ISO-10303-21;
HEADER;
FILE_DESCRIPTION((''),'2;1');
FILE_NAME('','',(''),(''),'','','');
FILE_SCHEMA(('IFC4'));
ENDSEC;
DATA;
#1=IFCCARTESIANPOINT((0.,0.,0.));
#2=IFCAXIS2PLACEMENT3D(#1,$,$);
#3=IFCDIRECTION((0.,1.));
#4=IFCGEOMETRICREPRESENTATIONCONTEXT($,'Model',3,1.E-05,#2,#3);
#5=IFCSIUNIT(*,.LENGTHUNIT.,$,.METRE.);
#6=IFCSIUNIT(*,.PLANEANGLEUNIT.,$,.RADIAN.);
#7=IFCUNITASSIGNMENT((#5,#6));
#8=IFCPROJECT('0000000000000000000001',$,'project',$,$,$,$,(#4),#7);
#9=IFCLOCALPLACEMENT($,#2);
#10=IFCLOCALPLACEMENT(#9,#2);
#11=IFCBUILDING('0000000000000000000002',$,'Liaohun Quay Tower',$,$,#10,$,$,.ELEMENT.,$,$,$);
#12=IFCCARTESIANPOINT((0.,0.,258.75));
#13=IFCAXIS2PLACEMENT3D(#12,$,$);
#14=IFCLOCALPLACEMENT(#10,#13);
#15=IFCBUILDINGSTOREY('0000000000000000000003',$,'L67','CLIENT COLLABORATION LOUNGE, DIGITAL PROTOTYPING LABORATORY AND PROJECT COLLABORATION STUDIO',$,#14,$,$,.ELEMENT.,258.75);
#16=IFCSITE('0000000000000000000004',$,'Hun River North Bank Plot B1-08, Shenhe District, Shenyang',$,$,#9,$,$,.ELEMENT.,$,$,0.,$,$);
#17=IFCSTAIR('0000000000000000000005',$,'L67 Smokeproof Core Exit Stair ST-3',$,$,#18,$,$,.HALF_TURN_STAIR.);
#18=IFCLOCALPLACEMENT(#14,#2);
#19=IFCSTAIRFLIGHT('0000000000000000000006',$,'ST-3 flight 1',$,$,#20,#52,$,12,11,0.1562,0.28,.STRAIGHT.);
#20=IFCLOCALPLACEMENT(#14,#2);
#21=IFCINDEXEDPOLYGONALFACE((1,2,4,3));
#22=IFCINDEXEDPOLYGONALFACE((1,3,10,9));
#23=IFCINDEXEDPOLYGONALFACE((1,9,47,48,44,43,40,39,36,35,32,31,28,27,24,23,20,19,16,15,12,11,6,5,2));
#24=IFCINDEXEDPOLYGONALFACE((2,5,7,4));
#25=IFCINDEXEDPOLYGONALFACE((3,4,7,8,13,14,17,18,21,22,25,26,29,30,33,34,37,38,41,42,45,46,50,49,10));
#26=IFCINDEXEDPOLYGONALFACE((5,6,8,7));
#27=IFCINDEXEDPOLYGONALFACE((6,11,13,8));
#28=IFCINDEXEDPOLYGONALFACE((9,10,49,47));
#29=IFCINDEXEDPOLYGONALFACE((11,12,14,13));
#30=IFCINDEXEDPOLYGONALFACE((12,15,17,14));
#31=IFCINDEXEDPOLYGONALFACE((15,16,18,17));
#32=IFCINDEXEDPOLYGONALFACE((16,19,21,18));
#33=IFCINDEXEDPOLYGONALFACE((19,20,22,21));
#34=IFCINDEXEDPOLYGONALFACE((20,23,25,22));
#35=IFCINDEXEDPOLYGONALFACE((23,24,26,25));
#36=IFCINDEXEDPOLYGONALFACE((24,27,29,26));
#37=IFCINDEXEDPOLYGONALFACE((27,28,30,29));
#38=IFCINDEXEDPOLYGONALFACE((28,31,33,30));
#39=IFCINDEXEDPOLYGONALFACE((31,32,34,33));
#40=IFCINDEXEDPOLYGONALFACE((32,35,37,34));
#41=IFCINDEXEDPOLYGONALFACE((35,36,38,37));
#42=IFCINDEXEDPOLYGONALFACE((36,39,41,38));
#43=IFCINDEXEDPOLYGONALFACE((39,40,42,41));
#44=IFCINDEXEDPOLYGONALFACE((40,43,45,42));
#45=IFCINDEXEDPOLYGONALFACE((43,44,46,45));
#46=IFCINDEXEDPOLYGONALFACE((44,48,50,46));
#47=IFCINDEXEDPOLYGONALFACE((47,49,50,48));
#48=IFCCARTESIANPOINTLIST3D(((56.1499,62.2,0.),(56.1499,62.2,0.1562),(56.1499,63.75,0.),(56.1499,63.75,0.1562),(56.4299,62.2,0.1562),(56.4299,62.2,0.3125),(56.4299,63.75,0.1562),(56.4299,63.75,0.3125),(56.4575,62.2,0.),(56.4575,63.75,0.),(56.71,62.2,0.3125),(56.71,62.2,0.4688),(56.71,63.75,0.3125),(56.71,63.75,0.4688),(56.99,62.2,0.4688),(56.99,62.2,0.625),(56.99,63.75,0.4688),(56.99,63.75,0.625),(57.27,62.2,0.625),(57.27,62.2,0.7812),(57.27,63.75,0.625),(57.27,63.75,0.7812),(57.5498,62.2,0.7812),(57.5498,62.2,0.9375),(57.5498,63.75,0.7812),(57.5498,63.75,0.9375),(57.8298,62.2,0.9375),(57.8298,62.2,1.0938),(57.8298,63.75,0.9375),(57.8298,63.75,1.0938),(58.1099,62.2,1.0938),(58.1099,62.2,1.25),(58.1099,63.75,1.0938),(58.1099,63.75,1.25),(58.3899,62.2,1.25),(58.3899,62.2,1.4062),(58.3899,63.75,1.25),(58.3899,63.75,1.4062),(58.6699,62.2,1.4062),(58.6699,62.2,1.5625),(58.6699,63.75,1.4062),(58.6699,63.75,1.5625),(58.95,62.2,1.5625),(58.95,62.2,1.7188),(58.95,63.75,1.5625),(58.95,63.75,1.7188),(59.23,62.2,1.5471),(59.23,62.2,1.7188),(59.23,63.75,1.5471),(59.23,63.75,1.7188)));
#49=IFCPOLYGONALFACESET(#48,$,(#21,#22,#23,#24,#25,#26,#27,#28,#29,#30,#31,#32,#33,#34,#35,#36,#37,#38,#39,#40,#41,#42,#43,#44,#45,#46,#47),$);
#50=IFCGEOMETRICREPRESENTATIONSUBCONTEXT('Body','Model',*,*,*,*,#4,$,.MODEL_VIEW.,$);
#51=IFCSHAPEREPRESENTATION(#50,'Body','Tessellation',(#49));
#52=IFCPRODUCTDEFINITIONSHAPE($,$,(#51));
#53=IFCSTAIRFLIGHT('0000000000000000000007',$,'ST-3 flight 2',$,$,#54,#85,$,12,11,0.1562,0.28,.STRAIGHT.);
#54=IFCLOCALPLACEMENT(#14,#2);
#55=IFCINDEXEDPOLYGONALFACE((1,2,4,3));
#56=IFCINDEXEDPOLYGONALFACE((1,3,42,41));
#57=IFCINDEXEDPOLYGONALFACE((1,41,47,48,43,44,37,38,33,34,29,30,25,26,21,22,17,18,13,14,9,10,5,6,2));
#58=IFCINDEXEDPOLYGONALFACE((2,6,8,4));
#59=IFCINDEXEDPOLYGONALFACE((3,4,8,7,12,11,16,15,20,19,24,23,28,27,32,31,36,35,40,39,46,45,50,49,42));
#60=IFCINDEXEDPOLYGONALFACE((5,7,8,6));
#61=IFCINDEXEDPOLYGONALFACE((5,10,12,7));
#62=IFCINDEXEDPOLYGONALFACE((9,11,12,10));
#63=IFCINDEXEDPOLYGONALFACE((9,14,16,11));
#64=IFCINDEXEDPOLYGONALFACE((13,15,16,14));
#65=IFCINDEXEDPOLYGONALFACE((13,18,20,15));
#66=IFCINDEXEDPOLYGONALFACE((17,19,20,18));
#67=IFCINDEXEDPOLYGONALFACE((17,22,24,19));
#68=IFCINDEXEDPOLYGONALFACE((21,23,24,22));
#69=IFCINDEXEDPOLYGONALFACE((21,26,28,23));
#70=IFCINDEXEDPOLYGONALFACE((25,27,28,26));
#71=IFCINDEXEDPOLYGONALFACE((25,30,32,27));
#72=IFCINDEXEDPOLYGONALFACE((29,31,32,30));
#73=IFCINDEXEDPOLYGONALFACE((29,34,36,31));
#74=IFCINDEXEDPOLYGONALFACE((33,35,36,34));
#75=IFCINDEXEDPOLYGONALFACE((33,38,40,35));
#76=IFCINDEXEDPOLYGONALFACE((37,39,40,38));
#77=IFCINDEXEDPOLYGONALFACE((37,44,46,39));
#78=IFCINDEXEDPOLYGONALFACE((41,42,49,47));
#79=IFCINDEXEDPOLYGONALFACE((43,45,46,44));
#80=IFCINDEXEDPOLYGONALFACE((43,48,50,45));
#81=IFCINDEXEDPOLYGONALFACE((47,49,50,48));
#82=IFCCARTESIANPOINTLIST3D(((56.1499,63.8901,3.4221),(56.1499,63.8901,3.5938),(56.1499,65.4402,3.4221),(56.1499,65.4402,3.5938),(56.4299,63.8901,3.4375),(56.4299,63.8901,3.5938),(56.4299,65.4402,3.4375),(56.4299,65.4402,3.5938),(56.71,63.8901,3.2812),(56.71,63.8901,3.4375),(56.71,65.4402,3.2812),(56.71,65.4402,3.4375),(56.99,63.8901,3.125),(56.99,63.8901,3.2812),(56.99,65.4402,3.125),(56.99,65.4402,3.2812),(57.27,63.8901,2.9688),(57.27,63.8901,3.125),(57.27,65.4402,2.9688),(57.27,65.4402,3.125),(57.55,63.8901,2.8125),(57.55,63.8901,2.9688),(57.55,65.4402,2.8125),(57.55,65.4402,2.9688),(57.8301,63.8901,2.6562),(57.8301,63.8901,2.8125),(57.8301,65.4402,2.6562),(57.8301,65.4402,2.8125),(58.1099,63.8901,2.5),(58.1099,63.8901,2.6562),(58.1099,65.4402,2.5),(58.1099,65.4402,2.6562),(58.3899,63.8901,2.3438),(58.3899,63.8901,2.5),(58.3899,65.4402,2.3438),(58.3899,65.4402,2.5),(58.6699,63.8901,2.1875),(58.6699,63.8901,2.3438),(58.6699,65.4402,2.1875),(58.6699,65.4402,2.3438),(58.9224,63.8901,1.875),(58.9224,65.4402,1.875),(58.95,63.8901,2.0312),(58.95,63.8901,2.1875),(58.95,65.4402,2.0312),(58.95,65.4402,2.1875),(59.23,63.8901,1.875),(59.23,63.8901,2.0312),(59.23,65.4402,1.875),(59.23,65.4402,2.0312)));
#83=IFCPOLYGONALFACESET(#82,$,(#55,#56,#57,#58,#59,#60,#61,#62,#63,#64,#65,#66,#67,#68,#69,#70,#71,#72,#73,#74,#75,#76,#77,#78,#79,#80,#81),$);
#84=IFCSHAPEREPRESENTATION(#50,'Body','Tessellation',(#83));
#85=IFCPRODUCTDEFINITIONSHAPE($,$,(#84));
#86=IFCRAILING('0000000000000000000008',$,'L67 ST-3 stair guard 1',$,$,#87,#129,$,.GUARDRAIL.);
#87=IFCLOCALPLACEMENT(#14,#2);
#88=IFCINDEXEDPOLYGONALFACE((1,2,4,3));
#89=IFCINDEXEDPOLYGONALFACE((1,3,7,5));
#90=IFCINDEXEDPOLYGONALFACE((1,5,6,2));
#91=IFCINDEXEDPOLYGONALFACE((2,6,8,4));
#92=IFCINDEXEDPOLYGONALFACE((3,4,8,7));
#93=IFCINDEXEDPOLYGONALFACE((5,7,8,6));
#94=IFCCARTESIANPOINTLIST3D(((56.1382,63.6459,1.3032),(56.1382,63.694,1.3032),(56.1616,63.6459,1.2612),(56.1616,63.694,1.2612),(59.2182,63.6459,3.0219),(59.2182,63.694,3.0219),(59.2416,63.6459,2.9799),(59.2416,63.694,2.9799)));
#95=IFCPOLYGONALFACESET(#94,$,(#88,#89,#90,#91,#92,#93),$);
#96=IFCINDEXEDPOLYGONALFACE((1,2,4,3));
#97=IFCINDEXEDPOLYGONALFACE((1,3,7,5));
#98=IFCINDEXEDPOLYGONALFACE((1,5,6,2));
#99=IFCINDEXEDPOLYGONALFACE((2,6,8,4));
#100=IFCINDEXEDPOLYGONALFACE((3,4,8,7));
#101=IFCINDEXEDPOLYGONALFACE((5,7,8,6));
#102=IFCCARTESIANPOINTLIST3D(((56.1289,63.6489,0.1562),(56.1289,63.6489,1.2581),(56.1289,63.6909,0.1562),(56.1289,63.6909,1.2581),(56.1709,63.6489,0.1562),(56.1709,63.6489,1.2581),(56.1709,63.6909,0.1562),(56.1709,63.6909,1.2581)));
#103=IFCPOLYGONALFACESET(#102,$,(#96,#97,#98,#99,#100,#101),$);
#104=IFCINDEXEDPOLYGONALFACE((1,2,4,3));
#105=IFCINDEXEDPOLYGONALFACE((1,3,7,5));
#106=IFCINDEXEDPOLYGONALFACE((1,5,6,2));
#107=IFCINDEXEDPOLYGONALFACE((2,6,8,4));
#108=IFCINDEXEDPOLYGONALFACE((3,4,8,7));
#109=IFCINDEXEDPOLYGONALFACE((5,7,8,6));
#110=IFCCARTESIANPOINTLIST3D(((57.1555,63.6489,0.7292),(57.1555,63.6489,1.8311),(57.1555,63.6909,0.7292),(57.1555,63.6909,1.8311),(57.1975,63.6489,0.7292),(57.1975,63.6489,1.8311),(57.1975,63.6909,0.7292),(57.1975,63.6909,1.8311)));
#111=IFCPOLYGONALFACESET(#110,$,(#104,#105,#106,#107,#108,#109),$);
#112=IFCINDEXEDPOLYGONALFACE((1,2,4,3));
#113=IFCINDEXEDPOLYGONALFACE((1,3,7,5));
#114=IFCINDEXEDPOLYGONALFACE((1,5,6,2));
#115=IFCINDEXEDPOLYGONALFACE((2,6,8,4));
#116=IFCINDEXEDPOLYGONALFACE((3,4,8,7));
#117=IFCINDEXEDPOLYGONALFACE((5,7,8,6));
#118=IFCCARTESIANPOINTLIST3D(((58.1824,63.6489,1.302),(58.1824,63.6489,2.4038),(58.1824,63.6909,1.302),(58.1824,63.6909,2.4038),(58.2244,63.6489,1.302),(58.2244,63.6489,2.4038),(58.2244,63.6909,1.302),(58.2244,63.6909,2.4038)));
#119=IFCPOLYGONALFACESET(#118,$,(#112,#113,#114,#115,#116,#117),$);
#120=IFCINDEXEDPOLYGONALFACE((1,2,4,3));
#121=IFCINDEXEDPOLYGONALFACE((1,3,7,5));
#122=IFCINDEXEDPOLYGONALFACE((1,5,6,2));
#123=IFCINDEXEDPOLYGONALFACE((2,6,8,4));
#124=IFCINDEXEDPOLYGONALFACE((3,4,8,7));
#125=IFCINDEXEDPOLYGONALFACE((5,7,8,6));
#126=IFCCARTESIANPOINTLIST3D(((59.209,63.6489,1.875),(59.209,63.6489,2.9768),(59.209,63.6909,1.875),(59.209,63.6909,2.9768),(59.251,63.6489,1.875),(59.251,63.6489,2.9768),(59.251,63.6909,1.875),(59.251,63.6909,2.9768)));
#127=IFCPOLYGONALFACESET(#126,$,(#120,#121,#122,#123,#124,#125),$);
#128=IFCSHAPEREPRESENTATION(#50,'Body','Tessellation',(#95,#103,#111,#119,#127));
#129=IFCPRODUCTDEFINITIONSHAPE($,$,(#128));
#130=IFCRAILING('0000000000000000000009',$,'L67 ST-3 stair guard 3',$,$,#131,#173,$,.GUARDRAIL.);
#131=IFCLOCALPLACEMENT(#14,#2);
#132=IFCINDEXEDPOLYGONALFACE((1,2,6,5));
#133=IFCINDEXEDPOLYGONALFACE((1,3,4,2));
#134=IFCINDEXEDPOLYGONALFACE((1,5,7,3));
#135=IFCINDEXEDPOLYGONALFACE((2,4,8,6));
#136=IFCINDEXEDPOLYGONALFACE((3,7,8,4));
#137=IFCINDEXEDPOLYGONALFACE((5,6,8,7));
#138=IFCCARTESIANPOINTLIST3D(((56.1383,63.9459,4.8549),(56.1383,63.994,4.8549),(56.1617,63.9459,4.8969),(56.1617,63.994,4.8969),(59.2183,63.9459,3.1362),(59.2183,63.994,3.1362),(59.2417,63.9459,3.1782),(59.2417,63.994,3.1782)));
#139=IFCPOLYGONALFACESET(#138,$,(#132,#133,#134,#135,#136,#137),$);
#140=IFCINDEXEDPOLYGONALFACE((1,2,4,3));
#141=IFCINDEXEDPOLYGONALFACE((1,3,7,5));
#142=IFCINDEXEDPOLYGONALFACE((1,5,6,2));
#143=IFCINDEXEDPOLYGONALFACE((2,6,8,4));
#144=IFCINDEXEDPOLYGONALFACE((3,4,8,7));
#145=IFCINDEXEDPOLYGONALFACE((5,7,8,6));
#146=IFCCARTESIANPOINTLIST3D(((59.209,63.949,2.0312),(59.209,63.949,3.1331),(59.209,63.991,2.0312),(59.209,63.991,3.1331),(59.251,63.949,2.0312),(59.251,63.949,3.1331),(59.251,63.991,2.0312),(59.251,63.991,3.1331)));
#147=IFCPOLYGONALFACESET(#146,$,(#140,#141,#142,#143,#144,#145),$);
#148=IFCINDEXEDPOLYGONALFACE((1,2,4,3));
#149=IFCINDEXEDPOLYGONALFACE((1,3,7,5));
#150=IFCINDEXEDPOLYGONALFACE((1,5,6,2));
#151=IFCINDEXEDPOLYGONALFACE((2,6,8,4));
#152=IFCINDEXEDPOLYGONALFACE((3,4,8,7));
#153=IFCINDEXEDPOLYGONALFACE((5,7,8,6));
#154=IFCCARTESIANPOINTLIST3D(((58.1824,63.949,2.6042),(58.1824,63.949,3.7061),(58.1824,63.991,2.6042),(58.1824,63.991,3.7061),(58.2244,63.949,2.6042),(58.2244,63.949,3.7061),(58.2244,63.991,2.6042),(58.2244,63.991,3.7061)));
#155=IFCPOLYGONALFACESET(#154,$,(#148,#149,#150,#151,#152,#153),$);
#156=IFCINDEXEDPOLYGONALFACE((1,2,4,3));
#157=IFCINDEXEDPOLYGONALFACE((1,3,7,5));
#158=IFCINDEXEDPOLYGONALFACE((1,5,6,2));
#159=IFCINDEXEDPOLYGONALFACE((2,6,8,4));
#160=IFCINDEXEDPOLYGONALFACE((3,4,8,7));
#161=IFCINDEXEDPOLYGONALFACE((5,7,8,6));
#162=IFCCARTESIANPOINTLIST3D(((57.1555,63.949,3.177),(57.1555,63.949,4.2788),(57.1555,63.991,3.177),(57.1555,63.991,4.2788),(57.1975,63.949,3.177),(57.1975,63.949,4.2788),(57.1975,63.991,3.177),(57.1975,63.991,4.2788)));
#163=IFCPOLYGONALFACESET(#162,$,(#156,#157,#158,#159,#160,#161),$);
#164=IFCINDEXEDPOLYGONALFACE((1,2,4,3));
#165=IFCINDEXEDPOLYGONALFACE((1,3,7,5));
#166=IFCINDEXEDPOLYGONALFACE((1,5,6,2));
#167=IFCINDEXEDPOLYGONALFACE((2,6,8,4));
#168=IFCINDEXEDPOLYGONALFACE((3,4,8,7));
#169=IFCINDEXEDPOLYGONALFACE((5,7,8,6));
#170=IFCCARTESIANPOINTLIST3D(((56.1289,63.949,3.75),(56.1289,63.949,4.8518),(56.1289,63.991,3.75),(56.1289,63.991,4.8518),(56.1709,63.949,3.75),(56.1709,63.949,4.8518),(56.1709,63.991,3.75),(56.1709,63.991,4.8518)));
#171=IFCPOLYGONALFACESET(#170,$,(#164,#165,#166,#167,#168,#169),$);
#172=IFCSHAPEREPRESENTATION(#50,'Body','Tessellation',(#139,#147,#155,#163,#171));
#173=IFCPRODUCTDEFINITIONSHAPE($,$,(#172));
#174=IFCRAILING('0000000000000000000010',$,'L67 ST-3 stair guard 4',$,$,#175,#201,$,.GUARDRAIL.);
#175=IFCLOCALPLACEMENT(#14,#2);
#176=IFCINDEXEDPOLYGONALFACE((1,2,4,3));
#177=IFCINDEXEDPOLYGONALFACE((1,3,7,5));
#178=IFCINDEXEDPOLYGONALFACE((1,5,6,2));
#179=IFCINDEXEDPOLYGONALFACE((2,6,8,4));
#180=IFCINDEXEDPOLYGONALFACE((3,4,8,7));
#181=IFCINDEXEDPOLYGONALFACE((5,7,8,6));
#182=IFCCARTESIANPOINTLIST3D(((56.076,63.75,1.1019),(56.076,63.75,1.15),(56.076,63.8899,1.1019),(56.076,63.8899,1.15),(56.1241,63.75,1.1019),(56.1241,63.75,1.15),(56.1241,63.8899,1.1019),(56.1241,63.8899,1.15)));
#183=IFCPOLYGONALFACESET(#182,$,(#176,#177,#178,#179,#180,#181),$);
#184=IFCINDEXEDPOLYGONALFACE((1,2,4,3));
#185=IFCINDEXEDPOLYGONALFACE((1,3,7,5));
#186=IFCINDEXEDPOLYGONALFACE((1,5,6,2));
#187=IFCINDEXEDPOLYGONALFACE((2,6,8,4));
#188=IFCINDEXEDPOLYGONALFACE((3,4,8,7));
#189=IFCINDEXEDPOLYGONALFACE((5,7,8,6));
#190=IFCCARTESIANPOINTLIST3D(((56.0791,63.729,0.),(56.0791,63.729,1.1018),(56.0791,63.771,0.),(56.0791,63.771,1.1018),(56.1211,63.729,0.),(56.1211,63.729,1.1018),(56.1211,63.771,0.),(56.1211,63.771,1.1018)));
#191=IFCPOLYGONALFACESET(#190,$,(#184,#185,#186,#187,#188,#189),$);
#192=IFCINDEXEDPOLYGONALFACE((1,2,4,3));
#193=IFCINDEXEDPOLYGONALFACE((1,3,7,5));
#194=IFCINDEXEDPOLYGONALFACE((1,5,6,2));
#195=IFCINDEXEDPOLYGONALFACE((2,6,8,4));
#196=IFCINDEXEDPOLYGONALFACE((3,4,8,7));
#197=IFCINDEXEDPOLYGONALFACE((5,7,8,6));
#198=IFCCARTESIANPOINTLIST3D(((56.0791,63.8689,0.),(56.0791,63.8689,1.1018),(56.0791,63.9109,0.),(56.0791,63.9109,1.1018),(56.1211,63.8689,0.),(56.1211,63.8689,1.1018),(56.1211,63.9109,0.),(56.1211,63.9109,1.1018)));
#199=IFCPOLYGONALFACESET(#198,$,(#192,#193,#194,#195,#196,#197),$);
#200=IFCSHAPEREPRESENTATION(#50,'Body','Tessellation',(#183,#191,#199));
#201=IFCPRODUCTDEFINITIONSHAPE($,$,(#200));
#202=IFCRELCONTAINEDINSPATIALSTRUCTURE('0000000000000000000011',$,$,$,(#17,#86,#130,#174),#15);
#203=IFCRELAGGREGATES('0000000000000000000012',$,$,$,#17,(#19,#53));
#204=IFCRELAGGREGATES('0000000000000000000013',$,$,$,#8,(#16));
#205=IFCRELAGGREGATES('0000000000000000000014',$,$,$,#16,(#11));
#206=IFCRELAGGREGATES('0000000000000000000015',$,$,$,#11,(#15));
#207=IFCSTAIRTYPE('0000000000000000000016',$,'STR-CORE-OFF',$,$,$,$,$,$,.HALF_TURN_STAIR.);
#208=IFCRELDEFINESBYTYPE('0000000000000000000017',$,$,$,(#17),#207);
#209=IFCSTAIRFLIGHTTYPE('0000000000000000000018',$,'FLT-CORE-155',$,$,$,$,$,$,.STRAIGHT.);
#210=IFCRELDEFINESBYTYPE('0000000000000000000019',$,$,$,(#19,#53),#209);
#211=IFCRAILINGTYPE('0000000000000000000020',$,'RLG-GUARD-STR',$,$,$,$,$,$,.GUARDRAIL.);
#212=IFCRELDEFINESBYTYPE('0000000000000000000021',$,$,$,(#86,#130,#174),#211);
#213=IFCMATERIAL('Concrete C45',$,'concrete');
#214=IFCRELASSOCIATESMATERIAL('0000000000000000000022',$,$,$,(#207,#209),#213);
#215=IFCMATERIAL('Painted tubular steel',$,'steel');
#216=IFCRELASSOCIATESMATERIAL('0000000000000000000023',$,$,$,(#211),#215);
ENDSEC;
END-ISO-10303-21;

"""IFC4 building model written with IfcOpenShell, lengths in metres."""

from ifc_helpers import new_model, si_unit, direction, frame, origin, origin_2d, place, context, subcontext, project, spatial, polyline, rectangle, outline, extrude, material, type_object, element, aggregate, save


model = new_model("IFC4")

# Units and contexts
model_context = context("Model", 3, precision=1e-05, world=origin(), true_north=direction((0.0, 1.0)))
body_context = subcontext(model_context, "Body", "Model", "MODEL_VIEW")
ifc_project = project(units=[si_unit("LENGTHUNIT", "METRE"), si_unit("PLANEANGLEUNIT", "RADIAN")], contexts=[model_context])

# Site, building, storey
site_placement = place(None, origin())
site = spatial("IfcSite", under=ifc_project, at=site_placement, Name="Hun River North Bank Plot B1-08, Shenhe District, Shenyang", CompositionType="ELEMENT", RefElevation=0.0)
building_placement = place(site_placement, origin())
building = spatial("IfcBuilding", under=site, at=building_placement, Name="Liaohun Quay Tower", CompositionType="ELEMENT")
storey_placement = place(building_placement, frame((0.0, 0.0, 258.75)))
storey = spatial("IfcBuildingStorey", under=building, at=storey_placement, Name="L67", Description="CLIENT COLLABORATION LOUNGE, DIGITAL PROTOTYPING LABORATORY AND PROJECT COLLABORATION STUDIO", CompositionType="ELEMENT", Elevation=258.75)

# Stair, stair flights
ifc_material_1 = material(Name="Concrete C45", Category="concrete")
stair_type = type_object("IfcStairType", Name="STR-CORE-OFF", PredefinedType="HALF_TURN_STAIR", material=ifc_material_1)
stair_placement = place(storey_placement, origin())
stair = element("IfcStair", 1, at=stair_placement, inside=storey, type_object=stair_type, Name="L67 Smokeproof Core Exit Stair ST-3", PredefinedType="HALF_TURN_STAIR")
stair_flight_type = type_object("IfcStairFlightType", Name="FLT-CORE-155", PredefinedType="STRAIGHT", material=ifc_material_1)
stair_flight_1_placement = place(storey_placement, frame((56.1499, 62.9751, 0.0), z_axis=(0.0, 0.0, 1.0), x_axis=(1.0, 0.0, 0.0)))
stair_flight_1 = element("IfcStairFlight", 2, at=stair_flight_1_placement, type_object=stair_flight_type, Name="ST-3 flight 1", NumberOfRisers=12, NumberOfTreads=11, PredefinedType="STRAIGHT", RiserHeight=0.1562, TreadLength=0.28, context=body_context, shape_type="SweptSolid", body=[
    extrude(outline(polyline([(0.0, 0.0), (0.0, 0.1562), (0.28, 0.1562), (0.28, 0.3125), (0.5601, 0.3125), (0.5601, 0.4688), (0.8401, 0.4688), (0.8401, 0.625), (1.1201, 0.625), (1.1201, 0.7812), (1.3999, 0.7812), (1.3999, 0.9375), (1.6799, 0.9375), (1.6799, 1.0938), (1.96, 1.0938), (1.96, 1.25), (2.24, 1.25), (2.24, 1.4062), (2.52, 1.4062), (2.52, 1.5625), (2.8, 1.5625), (2.8, 1.7188), (3.0801, 1.7188), (3.0801, 1.875), (3.0801, 1.5471), (0.3076, 0.0), (0.0, 0.0)])), frame((0.0, 0.7749, 0.0), z_axis=(0.0, -1.0, 0.0), x_axis=(1.0, 0.0, 0.0)), (0.0, 0.0, 1.0), 1.55),
])
stair_flight_2_placement = place(storey_placement, frame((59.23, 64.665, 1.875), z_axis=(0.0, 0.0, 1.0), x_axis=(-1.0, 0.0, 0.0)))
stair_flight_2 = element("IfcStairFlight", 3, at=stair_flight_2_placement, type_object=stair_flight_type, Name="ST-3 flight 2", NumberOfRisers=12, NumberOfTreads=11, PredefinedType="STRAIGHT", RiserHeight=0.1562, TreadLength=0.28, context=body_context, shape_type="SweptSolid", body=[
    extrude(outline(polyline([(0.0, 0.0), (0.0, 0.1562), (0.28, 0.1562), (0.28, 0.3125), (0.5601, 0.3125), (0.5601, 0.4688), (0.8401, 0.4688), (0.8401, 0.625), (1.1201, 0.625), (1.1201, 0.7812), (1.3999, 0.7812), (1.3999, 0.9375), (1.6799, 0.9375), (1.6799, 1.0938), (1.96, 1.0938), (1.96, 1.25), (2.24, 1.25), (2.24, 1.4062), (2.52, 1.4062), (2.52, 1.5625), (2.8, 1.5625), (2.8, 1.7188), (3.0801, 1.7188), (3.0801, 1.875), (3.0801, 1.5471), (0.3076, 0.0), (0.0, 0.0)])), frame((0.0, 0.7749, 0.0), z_axis=(0.0, -1.0, 0.0), x_axis=(1.0, 0.0, 0.0)), (0.0, 0.0, 1.0), 1.55),
])
aggregate(stair, [stair_flight_1, stair_flight_2])

# Railings
ifc_material_2 = material(Name="Painted tubular steel", Category="steel")
railing_type_1 = type_object("IfcRailingType", Name="RLG-GUARD-STR", PredefinedType="GUARDRAIL", material=ifc_material_2)
railing_1_placement = place(storey_placement, frame((56.1499, 63.6699, 0.1562)))
element("IfcRailing", 4, at=railing_1_placement, inside=storey, type_object=railing_type_1, Name="L67 ST-3 stair guard 1", PredefinedType="GUARDRAIL", context=body_context, shape_type="SweptSolid", body=[
    extrude(rectangle(XDim=0.0481, YDim=0.0481, at=origin_2d()), frame((0.0, 0.0, 1.126), z_axis=(0.873242, 0.0, 0.487288), x_axis=(0.0, 1.0, 0.0)), (0.0, 0.0, 1.0), 3.5271),
    extrude(rectangle(XDim=0.042, YDim=0.042, at=origin_2d()), origin(), (0.0, 0.0, 1.0), 1.1018),
    extrude(rectangle(XDim=0.042, YDim=0.042, at=origin_2d()), frame((1.0266, 0.0, 0.573)), (0.0, 0.0, 1.0), 1.1018),
    extrude(rectangle(XDim=0.042, YDim=0.042, at=origin_2d()), frame((2.0535, 0.0, 1.1458)), (0.0, 0.0, 1.0), 1.1018),
    extrude(rectangle(XDim=0.042, YDim=0.042, at=origin_2d()), frame((3.0801, 0.0, 1.7188)), (0.0, 0.0, 1.0), 1.1018),
])
railing_2_placement = place(storey_placement, frame((59.23, 63.97, 2.0312)))
element("IfcRailing", 5, at=railing_2_placement, inside=storey, type_object=railing_type_1, Name="L67 ST-3 stair guard 3", PredefinedType="GUARDRAIL", context=body_context, shape_type="SweptSolid", body=[
    extrude(rectangle(XDim=0.0481, YDim=0.0481, at=origin_2d()), frame((0.0, 0.0, 1.126), z_axis=(-0.873242, 0.0, 0.487288), x_axis=(0.0, -1.0, 0.0)), (0.0, 0.0, 1.0), 3.5271),
    extrude(rectangle(XDim=0.042, YDim=0.042, at=origin_2d()), origin(), (0.0, 0.0, 1.0), 1.1018),
    extrude(rectangle(XDim=0.042, YDim=0.042, at=origin_2d()), frame((-1.0266, 0.0, 0.573)), (0.0, 0.0, 1.0), 1.1018),
    extrude(rectangle(XDim=0.042, YDim=0.042, at=origin_2d()), frame((-2.0535, 0.0, 1.1458)), (0.0, 0.0, 1.0), 1.1018),
    extrude(rectangle(XDim=0.042, YDim=0.042, at=origin_2d()), frame((-3.0801, 0.0, 1.7188)), (0.0, 0.0, 1.0), 1.1018),
])
railing_3_placement = place(storey_placement, frame((56.1001, 63.75, 0.0)))
element("IfcRailing", 6, at=railing_3_placement, inside=storey, type_object=railing_type_1, Name="L67 ST-3 stair guard 4", PredefinedType="GUARDRAIL", context=body_context, shape_type="SweptSolid", body=[
    extrude(rectangle(XDim=0.0481, YDim=0.0481, at=origin_2d()), frame((0.0, 0.0, 1.126), z_axis=(0.0, 1.0, 0.0), x_axis=(-1.0, 0.0, 0.0)), (0.0, 0.0, 1.0), 0.1399),
    extrude(rectangle(XDim=0.042, YDim=0.042, at=origin_2d()), origin(), (0.0, 0.0, 1.0), 1.1018),
    extrude(rectangle(XDim=0.042, YDim=0.042, at=origin_2d()), frame((0.0, 0.1399, 0.0)), (0.0, 0.0, 1.0), 1.1018),
])

save(model, "model.ifc")
